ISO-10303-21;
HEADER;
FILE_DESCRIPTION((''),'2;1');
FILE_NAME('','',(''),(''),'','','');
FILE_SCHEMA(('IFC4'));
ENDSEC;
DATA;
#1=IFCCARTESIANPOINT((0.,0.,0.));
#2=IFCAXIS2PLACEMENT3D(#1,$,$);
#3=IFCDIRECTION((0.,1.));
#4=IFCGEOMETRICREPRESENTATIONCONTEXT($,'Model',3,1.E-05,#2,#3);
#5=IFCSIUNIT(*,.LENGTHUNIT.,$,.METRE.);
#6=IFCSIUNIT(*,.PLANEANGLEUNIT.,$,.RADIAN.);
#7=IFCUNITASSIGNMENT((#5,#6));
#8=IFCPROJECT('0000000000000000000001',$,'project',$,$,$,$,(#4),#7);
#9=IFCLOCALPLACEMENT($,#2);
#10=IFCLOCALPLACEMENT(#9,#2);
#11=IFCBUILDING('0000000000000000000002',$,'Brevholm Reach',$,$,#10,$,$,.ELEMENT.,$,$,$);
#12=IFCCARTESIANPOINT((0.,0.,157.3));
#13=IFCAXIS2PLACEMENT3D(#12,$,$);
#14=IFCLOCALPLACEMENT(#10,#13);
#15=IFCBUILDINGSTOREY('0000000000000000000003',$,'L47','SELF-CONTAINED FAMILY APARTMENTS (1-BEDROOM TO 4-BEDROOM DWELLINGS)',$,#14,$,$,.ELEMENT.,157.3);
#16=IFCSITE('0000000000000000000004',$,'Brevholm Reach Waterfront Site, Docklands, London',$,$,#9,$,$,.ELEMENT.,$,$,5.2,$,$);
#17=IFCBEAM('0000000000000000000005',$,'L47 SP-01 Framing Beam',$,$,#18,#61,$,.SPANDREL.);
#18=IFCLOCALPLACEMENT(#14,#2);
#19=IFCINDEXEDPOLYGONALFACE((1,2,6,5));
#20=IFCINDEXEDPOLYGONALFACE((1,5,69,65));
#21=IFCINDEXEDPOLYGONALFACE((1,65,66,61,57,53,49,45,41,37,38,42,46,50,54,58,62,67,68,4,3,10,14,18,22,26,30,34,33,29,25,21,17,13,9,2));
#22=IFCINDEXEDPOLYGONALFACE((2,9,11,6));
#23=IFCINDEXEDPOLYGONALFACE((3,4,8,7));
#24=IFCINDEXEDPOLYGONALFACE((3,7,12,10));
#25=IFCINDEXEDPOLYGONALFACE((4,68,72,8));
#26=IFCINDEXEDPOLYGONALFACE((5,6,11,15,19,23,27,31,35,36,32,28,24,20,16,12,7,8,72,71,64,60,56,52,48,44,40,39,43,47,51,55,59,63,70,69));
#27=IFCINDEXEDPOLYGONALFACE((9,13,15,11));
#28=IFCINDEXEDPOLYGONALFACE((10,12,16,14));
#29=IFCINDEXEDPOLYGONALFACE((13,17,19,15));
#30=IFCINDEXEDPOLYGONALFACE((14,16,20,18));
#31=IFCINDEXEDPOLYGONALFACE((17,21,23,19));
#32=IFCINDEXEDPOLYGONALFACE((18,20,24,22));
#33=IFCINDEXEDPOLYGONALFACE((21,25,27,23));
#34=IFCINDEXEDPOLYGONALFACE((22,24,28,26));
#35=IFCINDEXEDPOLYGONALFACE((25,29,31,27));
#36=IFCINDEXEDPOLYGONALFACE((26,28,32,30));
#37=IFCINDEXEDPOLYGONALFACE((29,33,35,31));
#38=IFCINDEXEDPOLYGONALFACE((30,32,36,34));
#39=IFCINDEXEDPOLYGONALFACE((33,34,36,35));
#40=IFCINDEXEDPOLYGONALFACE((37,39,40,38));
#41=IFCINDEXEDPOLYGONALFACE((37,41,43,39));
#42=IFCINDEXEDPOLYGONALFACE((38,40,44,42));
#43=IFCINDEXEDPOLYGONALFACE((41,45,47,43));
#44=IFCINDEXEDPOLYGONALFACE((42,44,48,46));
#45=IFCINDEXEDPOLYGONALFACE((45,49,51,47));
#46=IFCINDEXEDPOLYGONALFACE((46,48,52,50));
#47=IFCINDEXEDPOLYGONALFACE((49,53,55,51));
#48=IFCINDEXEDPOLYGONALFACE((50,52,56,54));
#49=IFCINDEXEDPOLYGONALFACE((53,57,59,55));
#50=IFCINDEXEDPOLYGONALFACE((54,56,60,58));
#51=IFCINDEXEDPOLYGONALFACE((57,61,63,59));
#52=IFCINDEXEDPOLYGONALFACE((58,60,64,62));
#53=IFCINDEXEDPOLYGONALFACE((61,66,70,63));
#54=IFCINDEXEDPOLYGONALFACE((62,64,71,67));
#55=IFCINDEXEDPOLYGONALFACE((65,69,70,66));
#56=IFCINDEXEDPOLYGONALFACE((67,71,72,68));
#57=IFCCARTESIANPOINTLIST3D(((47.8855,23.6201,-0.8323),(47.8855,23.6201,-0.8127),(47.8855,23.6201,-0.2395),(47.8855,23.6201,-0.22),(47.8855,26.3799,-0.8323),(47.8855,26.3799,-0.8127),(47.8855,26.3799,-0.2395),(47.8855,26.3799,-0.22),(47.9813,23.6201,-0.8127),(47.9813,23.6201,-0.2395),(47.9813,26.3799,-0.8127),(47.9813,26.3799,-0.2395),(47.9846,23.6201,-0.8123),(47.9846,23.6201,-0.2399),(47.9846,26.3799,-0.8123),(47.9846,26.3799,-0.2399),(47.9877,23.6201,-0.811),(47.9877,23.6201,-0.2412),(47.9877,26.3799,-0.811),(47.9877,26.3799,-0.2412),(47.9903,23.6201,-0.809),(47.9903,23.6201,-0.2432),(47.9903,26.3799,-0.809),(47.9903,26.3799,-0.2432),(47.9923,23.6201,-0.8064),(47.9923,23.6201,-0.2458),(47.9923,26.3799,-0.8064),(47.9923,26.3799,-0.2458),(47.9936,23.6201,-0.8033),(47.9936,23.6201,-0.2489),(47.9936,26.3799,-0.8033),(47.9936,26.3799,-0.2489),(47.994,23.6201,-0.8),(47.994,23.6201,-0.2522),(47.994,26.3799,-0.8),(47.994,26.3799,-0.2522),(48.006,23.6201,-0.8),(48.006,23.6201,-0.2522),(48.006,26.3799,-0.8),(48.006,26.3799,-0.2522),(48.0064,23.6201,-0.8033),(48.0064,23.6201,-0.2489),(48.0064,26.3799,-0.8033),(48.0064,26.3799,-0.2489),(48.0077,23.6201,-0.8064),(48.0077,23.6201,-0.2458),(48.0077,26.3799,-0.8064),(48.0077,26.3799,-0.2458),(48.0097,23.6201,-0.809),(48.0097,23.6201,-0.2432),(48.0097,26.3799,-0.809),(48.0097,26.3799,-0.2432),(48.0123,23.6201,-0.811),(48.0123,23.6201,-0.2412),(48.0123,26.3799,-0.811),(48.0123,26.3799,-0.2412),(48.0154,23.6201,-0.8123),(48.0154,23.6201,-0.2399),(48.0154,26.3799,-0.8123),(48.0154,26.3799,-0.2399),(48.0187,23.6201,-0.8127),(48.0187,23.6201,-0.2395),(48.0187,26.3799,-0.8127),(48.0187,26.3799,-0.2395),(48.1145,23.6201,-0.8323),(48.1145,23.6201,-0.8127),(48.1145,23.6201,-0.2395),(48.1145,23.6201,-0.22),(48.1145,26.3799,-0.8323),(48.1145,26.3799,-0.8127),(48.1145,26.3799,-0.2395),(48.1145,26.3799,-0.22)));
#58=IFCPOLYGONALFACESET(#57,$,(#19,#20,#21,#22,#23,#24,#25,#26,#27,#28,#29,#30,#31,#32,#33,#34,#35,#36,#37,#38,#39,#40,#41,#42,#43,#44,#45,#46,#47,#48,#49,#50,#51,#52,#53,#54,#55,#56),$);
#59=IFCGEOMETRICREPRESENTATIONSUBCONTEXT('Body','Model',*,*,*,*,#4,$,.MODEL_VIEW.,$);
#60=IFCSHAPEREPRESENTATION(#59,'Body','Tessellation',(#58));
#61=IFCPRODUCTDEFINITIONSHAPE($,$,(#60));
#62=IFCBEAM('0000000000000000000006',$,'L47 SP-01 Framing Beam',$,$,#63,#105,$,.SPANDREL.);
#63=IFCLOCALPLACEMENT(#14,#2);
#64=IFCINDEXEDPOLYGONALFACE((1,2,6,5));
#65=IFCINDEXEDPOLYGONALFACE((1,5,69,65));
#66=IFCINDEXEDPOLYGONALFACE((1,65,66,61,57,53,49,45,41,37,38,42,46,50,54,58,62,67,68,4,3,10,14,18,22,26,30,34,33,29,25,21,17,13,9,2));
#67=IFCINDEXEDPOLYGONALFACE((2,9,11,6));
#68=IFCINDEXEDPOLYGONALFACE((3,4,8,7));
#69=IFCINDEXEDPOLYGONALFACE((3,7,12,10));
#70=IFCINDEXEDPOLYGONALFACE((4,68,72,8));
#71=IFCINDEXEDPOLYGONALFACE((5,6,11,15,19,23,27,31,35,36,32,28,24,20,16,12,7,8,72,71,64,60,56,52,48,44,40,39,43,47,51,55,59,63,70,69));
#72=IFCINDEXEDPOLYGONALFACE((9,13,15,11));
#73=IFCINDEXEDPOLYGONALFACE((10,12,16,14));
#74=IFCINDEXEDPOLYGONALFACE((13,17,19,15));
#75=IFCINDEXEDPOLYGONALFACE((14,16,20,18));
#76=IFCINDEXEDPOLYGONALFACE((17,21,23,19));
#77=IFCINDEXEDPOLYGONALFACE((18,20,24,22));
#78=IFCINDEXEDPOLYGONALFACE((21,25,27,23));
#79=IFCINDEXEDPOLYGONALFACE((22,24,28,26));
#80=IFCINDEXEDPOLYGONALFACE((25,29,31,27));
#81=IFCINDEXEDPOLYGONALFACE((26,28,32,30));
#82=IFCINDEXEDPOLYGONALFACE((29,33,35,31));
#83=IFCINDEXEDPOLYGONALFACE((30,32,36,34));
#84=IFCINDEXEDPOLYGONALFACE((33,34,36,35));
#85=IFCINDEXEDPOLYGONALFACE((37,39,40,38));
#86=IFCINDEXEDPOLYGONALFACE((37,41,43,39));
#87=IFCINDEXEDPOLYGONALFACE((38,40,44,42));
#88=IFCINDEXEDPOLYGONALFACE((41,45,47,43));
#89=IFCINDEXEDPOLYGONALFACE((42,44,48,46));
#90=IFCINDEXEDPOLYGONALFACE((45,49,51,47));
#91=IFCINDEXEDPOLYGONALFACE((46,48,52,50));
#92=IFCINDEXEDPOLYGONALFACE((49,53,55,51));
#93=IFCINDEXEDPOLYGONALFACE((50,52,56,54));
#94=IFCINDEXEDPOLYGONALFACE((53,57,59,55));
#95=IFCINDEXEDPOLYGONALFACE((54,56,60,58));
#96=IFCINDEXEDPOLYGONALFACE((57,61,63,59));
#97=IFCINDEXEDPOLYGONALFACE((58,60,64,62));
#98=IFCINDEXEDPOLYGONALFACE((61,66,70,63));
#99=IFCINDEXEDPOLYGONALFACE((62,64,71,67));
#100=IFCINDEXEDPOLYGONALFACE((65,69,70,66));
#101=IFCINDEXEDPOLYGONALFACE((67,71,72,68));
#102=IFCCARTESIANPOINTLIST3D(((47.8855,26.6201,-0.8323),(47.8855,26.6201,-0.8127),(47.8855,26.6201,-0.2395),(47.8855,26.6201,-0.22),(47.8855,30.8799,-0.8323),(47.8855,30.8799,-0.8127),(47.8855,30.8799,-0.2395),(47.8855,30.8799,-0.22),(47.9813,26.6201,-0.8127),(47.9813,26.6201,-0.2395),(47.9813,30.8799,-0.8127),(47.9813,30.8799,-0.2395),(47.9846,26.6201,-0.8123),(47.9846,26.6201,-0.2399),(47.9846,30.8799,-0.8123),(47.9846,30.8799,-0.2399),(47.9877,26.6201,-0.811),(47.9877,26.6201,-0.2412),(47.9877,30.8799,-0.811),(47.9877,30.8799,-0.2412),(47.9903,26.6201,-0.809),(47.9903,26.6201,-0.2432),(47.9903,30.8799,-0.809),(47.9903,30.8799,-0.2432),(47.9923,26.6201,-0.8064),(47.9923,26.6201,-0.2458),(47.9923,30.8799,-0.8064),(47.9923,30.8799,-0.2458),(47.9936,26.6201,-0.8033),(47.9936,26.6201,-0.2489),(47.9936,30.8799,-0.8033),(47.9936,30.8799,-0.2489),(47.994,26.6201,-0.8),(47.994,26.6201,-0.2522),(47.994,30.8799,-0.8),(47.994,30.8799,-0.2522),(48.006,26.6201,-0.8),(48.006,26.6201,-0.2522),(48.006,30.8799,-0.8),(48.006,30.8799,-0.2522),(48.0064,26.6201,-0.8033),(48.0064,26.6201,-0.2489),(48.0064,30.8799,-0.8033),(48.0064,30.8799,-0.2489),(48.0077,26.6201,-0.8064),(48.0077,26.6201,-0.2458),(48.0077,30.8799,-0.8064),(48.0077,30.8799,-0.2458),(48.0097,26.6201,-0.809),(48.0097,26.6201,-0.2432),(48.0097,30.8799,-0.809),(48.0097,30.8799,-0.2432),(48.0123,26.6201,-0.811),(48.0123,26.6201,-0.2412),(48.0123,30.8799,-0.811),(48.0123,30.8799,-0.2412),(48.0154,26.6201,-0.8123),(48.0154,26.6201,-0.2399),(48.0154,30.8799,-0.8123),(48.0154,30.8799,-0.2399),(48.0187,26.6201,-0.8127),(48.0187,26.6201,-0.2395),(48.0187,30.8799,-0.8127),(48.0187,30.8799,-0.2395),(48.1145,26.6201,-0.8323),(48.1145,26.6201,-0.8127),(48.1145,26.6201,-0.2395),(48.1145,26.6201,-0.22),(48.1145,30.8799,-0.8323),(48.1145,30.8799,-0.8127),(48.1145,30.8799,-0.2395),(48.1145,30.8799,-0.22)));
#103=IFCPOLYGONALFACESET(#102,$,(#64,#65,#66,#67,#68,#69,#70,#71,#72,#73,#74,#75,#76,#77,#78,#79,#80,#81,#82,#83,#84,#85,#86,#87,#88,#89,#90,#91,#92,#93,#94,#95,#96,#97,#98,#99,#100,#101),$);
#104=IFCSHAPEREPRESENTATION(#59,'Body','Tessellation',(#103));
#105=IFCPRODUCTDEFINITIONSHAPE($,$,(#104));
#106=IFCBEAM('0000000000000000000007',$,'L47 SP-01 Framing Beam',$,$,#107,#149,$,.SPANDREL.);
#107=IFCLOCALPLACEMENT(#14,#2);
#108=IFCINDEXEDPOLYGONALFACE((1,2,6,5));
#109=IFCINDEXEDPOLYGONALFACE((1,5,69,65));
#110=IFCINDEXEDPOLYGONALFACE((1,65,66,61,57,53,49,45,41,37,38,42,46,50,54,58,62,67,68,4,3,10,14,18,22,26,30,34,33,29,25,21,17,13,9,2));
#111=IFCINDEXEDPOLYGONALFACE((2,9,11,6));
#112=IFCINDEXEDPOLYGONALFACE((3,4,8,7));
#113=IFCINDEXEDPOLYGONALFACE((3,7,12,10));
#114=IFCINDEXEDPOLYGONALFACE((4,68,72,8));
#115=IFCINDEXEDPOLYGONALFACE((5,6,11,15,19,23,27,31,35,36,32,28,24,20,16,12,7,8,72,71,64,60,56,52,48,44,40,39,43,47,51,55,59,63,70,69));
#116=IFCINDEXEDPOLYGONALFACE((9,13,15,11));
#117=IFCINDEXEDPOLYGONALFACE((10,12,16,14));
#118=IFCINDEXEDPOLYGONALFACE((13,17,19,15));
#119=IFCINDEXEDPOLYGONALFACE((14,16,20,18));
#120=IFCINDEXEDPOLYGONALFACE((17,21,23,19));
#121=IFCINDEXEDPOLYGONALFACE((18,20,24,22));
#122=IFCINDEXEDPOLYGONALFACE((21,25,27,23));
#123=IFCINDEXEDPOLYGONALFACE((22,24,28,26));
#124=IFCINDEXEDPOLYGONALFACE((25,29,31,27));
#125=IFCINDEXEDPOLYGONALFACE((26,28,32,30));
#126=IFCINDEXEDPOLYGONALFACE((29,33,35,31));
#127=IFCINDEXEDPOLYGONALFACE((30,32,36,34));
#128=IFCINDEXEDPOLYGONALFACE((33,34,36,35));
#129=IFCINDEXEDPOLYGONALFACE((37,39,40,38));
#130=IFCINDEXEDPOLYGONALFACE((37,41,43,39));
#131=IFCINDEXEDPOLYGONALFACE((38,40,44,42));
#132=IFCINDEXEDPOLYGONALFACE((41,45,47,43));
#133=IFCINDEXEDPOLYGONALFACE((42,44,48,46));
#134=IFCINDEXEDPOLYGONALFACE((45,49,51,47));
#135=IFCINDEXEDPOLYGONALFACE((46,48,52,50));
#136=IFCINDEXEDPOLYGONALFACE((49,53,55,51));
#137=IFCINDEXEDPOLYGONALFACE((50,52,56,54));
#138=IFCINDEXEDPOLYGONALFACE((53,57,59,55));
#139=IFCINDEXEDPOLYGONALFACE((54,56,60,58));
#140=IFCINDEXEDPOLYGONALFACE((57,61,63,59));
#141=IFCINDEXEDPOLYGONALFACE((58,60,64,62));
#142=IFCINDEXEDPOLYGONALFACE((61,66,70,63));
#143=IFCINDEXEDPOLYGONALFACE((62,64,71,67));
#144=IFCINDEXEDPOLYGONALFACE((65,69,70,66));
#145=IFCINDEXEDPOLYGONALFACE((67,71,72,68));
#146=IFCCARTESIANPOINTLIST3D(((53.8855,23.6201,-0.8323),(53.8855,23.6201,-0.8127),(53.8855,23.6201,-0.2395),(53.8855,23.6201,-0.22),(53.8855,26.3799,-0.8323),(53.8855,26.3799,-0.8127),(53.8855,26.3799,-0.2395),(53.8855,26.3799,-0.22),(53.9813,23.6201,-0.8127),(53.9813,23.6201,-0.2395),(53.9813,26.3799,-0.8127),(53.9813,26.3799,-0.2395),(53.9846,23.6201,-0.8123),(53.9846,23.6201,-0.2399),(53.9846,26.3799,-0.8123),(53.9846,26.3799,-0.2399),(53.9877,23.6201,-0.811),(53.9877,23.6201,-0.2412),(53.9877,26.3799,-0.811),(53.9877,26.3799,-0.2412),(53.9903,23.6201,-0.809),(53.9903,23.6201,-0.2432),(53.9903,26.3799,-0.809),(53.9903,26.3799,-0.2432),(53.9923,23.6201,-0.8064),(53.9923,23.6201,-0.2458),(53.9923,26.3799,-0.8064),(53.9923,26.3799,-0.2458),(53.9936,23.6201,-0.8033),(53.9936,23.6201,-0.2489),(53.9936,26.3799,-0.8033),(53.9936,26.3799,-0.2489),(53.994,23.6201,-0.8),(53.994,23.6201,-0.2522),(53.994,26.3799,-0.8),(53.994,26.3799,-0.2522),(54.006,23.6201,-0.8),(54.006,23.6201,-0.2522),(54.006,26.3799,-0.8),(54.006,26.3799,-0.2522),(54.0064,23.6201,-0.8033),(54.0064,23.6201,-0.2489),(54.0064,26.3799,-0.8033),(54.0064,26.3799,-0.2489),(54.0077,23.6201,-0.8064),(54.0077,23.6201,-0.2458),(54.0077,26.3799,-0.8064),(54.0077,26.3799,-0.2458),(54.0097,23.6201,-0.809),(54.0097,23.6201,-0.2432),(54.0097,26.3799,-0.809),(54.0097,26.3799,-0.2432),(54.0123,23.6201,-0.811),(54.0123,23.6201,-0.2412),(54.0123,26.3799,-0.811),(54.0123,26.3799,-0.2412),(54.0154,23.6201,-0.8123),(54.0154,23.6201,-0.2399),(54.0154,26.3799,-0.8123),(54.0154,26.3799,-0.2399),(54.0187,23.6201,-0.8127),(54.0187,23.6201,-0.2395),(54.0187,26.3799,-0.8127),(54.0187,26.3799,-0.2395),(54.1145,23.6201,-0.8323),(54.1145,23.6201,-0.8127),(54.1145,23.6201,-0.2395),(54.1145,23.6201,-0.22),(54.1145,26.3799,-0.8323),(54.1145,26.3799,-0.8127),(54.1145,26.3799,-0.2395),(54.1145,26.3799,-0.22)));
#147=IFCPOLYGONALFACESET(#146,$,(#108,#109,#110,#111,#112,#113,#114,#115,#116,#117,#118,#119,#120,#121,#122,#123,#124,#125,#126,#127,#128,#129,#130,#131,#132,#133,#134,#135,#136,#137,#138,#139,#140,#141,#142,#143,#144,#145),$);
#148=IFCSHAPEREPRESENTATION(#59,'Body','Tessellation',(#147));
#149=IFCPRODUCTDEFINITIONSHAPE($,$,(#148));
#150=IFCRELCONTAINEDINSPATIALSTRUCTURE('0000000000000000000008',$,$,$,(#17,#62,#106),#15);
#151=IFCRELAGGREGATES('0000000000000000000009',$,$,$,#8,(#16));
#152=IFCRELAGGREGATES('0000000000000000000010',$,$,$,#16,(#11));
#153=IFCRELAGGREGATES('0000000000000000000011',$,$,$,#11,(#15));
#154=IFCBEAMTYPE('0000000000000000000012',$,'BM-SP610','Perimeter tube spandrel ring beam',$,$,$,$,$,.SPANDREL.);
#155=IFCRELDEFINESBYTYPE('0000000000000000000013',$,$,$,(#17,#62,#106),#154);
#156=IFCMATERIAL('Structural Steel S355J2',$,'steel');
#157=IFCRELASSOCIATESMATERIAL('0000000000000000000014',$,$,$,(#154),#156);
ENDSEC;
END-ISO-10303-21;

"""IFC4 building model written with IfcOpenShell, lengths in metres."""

from ifc_helpers import new_model, si_unit, direction, frame, origin, origin_2d, place, context, subcontext, project, spatial, i_section, extrude, material, material_profile, profile_set, type_object, element, save


model = new_model("IFC4")

# Units and contexts
model_context = context("Model", 3, precision=1e-05, world=origin(), true_north=direction((0.0, 1.0)))
body_context = subcontext(model_context, "Body", "Model", "MODEL_VIEW")
ifc_project = project(units=[si_unit("LENGTHUNIT", "METRE"), si_unit("PLANEANGLEUNIT", "RADIAN")], contexts=[model_context])

# Site, building, storey
site_placement = place(None, origin())
site = spatial("IfcSite", under=ifc_project, at=site_placement, Name="Brevholm Reach Waterfront Site, Docklands, London", CompositionType="ELEMENT", RefElevation=5.2)
building_placement = place(site_placement, origin())
building = spatial("IfcBuilding", under=site, at=building_placement, Name="Brevholm Reach", CompositionType="ELEMENT")
storey_placement = place(building_placement, frame((0.0, 0.0, 157.3)))
storey = spatial("IfcBuildingStorey", under=building, at=storey_placement, Name="L47", Description="SELF-CONTAINED FAMILY APARTMENTS (1-BEDROOM TO 4-BEDROOM DWELLINGS)", CompositionType="ELEMENT", Elevation=157.3)

# Beams
ifc_material_1 = material(Name="Structural Steel S355J2", Category="steel")
ifc_material_profile_1 = material_profile(ifc_material_1, i_section(OverallWidth=0.229, OverallDepth=0.6123, WebThickness=0.012, FlangeThickness=0.0195, FilletRadius=0.0127, at=origin_2d()), Name="UKB 610x229x125")
ifc_profile_set_1 = profile_set([ifc_material_profile_1], Name="Structural Steel S355J2")
beam_type_1 = type_object("IfcBeamType", Name="BM-SP610", Description="Perimeter tube spandrel ring beam", PredefinedType="SPANDREL", material=ifc_profile_set_1)
beam_1_placement = place(storey_placement, frame((48.0, 23.6201, -0.5261), z_axis=(0.0, 1.0, 0.0), x_axis=(-1.0, 0.0, 0.0)))
element("IfcBeam", 1, at=beam_1_placement, inside=storey, type_object=beam_type_1, Name="L47 SP-01 Framing Beam", PredefinedType="SPANDREL", context=body_context, shape_type="SweptSolid", body=[
    extrude(i_section(OverallWidth=0.229, OverallDepth=0.6123, WebThickness=0.012, FlangeThickness=0.0195, FilletRadius=0.0127, at=origin_2d()), origin(), (0.0, 0.0, 1.0), 2.7598),
])
beam_2_placement = place(storey_placement, frame((48.0, 26.6201, -0.5261), z_axis=(0.0, 1.0, 0.0), x_axis=(-1.0, 0.0, 0.0)))
element("IfcBeam", 2, at=beam_2_placement, inside=storey, type_object=beam_type_1, Name="L47 SP-01 Framing Beam", PredefinedType="SPANDREL", context=body_context, shape_type="SweptSolid", body=[
    extrude(i_section(OverallWidth=0.229, OverallDepth=0.6123, WebThickness=0.012, FlangeThickness=0.0195, FilletRadius=0.0127, at=origin_2d()), origin(), (0.0, 0.0, 1.0), 4.2598),
])
beam_3_placement = place(storey_placement, frame((54.0, 23.6201, -0.5261), z_axis=(0.0, 1.0, 0.0), x_axis=(-1.0, 0.0, 0.0)))
element("IfcBeam", 3, at=beam_3_placement, inside=storey, type_object=beam_type_1, Name="L47 SP-01 Framing Beam", PredefinedType="SPANDREL", context=body_context, shape_type="SweptSolid", body=[
    extrude(i_section(OverallWidth=0.229, OverallDepth=0.6123, WebThickness=0.012, FlangeThickness=0.0195, FilletRadius=0.0127, at=origin_2d()), origin(), (0.0, 0.0, 1.0), 2.7598),
])

save(model, "model.ifc")
